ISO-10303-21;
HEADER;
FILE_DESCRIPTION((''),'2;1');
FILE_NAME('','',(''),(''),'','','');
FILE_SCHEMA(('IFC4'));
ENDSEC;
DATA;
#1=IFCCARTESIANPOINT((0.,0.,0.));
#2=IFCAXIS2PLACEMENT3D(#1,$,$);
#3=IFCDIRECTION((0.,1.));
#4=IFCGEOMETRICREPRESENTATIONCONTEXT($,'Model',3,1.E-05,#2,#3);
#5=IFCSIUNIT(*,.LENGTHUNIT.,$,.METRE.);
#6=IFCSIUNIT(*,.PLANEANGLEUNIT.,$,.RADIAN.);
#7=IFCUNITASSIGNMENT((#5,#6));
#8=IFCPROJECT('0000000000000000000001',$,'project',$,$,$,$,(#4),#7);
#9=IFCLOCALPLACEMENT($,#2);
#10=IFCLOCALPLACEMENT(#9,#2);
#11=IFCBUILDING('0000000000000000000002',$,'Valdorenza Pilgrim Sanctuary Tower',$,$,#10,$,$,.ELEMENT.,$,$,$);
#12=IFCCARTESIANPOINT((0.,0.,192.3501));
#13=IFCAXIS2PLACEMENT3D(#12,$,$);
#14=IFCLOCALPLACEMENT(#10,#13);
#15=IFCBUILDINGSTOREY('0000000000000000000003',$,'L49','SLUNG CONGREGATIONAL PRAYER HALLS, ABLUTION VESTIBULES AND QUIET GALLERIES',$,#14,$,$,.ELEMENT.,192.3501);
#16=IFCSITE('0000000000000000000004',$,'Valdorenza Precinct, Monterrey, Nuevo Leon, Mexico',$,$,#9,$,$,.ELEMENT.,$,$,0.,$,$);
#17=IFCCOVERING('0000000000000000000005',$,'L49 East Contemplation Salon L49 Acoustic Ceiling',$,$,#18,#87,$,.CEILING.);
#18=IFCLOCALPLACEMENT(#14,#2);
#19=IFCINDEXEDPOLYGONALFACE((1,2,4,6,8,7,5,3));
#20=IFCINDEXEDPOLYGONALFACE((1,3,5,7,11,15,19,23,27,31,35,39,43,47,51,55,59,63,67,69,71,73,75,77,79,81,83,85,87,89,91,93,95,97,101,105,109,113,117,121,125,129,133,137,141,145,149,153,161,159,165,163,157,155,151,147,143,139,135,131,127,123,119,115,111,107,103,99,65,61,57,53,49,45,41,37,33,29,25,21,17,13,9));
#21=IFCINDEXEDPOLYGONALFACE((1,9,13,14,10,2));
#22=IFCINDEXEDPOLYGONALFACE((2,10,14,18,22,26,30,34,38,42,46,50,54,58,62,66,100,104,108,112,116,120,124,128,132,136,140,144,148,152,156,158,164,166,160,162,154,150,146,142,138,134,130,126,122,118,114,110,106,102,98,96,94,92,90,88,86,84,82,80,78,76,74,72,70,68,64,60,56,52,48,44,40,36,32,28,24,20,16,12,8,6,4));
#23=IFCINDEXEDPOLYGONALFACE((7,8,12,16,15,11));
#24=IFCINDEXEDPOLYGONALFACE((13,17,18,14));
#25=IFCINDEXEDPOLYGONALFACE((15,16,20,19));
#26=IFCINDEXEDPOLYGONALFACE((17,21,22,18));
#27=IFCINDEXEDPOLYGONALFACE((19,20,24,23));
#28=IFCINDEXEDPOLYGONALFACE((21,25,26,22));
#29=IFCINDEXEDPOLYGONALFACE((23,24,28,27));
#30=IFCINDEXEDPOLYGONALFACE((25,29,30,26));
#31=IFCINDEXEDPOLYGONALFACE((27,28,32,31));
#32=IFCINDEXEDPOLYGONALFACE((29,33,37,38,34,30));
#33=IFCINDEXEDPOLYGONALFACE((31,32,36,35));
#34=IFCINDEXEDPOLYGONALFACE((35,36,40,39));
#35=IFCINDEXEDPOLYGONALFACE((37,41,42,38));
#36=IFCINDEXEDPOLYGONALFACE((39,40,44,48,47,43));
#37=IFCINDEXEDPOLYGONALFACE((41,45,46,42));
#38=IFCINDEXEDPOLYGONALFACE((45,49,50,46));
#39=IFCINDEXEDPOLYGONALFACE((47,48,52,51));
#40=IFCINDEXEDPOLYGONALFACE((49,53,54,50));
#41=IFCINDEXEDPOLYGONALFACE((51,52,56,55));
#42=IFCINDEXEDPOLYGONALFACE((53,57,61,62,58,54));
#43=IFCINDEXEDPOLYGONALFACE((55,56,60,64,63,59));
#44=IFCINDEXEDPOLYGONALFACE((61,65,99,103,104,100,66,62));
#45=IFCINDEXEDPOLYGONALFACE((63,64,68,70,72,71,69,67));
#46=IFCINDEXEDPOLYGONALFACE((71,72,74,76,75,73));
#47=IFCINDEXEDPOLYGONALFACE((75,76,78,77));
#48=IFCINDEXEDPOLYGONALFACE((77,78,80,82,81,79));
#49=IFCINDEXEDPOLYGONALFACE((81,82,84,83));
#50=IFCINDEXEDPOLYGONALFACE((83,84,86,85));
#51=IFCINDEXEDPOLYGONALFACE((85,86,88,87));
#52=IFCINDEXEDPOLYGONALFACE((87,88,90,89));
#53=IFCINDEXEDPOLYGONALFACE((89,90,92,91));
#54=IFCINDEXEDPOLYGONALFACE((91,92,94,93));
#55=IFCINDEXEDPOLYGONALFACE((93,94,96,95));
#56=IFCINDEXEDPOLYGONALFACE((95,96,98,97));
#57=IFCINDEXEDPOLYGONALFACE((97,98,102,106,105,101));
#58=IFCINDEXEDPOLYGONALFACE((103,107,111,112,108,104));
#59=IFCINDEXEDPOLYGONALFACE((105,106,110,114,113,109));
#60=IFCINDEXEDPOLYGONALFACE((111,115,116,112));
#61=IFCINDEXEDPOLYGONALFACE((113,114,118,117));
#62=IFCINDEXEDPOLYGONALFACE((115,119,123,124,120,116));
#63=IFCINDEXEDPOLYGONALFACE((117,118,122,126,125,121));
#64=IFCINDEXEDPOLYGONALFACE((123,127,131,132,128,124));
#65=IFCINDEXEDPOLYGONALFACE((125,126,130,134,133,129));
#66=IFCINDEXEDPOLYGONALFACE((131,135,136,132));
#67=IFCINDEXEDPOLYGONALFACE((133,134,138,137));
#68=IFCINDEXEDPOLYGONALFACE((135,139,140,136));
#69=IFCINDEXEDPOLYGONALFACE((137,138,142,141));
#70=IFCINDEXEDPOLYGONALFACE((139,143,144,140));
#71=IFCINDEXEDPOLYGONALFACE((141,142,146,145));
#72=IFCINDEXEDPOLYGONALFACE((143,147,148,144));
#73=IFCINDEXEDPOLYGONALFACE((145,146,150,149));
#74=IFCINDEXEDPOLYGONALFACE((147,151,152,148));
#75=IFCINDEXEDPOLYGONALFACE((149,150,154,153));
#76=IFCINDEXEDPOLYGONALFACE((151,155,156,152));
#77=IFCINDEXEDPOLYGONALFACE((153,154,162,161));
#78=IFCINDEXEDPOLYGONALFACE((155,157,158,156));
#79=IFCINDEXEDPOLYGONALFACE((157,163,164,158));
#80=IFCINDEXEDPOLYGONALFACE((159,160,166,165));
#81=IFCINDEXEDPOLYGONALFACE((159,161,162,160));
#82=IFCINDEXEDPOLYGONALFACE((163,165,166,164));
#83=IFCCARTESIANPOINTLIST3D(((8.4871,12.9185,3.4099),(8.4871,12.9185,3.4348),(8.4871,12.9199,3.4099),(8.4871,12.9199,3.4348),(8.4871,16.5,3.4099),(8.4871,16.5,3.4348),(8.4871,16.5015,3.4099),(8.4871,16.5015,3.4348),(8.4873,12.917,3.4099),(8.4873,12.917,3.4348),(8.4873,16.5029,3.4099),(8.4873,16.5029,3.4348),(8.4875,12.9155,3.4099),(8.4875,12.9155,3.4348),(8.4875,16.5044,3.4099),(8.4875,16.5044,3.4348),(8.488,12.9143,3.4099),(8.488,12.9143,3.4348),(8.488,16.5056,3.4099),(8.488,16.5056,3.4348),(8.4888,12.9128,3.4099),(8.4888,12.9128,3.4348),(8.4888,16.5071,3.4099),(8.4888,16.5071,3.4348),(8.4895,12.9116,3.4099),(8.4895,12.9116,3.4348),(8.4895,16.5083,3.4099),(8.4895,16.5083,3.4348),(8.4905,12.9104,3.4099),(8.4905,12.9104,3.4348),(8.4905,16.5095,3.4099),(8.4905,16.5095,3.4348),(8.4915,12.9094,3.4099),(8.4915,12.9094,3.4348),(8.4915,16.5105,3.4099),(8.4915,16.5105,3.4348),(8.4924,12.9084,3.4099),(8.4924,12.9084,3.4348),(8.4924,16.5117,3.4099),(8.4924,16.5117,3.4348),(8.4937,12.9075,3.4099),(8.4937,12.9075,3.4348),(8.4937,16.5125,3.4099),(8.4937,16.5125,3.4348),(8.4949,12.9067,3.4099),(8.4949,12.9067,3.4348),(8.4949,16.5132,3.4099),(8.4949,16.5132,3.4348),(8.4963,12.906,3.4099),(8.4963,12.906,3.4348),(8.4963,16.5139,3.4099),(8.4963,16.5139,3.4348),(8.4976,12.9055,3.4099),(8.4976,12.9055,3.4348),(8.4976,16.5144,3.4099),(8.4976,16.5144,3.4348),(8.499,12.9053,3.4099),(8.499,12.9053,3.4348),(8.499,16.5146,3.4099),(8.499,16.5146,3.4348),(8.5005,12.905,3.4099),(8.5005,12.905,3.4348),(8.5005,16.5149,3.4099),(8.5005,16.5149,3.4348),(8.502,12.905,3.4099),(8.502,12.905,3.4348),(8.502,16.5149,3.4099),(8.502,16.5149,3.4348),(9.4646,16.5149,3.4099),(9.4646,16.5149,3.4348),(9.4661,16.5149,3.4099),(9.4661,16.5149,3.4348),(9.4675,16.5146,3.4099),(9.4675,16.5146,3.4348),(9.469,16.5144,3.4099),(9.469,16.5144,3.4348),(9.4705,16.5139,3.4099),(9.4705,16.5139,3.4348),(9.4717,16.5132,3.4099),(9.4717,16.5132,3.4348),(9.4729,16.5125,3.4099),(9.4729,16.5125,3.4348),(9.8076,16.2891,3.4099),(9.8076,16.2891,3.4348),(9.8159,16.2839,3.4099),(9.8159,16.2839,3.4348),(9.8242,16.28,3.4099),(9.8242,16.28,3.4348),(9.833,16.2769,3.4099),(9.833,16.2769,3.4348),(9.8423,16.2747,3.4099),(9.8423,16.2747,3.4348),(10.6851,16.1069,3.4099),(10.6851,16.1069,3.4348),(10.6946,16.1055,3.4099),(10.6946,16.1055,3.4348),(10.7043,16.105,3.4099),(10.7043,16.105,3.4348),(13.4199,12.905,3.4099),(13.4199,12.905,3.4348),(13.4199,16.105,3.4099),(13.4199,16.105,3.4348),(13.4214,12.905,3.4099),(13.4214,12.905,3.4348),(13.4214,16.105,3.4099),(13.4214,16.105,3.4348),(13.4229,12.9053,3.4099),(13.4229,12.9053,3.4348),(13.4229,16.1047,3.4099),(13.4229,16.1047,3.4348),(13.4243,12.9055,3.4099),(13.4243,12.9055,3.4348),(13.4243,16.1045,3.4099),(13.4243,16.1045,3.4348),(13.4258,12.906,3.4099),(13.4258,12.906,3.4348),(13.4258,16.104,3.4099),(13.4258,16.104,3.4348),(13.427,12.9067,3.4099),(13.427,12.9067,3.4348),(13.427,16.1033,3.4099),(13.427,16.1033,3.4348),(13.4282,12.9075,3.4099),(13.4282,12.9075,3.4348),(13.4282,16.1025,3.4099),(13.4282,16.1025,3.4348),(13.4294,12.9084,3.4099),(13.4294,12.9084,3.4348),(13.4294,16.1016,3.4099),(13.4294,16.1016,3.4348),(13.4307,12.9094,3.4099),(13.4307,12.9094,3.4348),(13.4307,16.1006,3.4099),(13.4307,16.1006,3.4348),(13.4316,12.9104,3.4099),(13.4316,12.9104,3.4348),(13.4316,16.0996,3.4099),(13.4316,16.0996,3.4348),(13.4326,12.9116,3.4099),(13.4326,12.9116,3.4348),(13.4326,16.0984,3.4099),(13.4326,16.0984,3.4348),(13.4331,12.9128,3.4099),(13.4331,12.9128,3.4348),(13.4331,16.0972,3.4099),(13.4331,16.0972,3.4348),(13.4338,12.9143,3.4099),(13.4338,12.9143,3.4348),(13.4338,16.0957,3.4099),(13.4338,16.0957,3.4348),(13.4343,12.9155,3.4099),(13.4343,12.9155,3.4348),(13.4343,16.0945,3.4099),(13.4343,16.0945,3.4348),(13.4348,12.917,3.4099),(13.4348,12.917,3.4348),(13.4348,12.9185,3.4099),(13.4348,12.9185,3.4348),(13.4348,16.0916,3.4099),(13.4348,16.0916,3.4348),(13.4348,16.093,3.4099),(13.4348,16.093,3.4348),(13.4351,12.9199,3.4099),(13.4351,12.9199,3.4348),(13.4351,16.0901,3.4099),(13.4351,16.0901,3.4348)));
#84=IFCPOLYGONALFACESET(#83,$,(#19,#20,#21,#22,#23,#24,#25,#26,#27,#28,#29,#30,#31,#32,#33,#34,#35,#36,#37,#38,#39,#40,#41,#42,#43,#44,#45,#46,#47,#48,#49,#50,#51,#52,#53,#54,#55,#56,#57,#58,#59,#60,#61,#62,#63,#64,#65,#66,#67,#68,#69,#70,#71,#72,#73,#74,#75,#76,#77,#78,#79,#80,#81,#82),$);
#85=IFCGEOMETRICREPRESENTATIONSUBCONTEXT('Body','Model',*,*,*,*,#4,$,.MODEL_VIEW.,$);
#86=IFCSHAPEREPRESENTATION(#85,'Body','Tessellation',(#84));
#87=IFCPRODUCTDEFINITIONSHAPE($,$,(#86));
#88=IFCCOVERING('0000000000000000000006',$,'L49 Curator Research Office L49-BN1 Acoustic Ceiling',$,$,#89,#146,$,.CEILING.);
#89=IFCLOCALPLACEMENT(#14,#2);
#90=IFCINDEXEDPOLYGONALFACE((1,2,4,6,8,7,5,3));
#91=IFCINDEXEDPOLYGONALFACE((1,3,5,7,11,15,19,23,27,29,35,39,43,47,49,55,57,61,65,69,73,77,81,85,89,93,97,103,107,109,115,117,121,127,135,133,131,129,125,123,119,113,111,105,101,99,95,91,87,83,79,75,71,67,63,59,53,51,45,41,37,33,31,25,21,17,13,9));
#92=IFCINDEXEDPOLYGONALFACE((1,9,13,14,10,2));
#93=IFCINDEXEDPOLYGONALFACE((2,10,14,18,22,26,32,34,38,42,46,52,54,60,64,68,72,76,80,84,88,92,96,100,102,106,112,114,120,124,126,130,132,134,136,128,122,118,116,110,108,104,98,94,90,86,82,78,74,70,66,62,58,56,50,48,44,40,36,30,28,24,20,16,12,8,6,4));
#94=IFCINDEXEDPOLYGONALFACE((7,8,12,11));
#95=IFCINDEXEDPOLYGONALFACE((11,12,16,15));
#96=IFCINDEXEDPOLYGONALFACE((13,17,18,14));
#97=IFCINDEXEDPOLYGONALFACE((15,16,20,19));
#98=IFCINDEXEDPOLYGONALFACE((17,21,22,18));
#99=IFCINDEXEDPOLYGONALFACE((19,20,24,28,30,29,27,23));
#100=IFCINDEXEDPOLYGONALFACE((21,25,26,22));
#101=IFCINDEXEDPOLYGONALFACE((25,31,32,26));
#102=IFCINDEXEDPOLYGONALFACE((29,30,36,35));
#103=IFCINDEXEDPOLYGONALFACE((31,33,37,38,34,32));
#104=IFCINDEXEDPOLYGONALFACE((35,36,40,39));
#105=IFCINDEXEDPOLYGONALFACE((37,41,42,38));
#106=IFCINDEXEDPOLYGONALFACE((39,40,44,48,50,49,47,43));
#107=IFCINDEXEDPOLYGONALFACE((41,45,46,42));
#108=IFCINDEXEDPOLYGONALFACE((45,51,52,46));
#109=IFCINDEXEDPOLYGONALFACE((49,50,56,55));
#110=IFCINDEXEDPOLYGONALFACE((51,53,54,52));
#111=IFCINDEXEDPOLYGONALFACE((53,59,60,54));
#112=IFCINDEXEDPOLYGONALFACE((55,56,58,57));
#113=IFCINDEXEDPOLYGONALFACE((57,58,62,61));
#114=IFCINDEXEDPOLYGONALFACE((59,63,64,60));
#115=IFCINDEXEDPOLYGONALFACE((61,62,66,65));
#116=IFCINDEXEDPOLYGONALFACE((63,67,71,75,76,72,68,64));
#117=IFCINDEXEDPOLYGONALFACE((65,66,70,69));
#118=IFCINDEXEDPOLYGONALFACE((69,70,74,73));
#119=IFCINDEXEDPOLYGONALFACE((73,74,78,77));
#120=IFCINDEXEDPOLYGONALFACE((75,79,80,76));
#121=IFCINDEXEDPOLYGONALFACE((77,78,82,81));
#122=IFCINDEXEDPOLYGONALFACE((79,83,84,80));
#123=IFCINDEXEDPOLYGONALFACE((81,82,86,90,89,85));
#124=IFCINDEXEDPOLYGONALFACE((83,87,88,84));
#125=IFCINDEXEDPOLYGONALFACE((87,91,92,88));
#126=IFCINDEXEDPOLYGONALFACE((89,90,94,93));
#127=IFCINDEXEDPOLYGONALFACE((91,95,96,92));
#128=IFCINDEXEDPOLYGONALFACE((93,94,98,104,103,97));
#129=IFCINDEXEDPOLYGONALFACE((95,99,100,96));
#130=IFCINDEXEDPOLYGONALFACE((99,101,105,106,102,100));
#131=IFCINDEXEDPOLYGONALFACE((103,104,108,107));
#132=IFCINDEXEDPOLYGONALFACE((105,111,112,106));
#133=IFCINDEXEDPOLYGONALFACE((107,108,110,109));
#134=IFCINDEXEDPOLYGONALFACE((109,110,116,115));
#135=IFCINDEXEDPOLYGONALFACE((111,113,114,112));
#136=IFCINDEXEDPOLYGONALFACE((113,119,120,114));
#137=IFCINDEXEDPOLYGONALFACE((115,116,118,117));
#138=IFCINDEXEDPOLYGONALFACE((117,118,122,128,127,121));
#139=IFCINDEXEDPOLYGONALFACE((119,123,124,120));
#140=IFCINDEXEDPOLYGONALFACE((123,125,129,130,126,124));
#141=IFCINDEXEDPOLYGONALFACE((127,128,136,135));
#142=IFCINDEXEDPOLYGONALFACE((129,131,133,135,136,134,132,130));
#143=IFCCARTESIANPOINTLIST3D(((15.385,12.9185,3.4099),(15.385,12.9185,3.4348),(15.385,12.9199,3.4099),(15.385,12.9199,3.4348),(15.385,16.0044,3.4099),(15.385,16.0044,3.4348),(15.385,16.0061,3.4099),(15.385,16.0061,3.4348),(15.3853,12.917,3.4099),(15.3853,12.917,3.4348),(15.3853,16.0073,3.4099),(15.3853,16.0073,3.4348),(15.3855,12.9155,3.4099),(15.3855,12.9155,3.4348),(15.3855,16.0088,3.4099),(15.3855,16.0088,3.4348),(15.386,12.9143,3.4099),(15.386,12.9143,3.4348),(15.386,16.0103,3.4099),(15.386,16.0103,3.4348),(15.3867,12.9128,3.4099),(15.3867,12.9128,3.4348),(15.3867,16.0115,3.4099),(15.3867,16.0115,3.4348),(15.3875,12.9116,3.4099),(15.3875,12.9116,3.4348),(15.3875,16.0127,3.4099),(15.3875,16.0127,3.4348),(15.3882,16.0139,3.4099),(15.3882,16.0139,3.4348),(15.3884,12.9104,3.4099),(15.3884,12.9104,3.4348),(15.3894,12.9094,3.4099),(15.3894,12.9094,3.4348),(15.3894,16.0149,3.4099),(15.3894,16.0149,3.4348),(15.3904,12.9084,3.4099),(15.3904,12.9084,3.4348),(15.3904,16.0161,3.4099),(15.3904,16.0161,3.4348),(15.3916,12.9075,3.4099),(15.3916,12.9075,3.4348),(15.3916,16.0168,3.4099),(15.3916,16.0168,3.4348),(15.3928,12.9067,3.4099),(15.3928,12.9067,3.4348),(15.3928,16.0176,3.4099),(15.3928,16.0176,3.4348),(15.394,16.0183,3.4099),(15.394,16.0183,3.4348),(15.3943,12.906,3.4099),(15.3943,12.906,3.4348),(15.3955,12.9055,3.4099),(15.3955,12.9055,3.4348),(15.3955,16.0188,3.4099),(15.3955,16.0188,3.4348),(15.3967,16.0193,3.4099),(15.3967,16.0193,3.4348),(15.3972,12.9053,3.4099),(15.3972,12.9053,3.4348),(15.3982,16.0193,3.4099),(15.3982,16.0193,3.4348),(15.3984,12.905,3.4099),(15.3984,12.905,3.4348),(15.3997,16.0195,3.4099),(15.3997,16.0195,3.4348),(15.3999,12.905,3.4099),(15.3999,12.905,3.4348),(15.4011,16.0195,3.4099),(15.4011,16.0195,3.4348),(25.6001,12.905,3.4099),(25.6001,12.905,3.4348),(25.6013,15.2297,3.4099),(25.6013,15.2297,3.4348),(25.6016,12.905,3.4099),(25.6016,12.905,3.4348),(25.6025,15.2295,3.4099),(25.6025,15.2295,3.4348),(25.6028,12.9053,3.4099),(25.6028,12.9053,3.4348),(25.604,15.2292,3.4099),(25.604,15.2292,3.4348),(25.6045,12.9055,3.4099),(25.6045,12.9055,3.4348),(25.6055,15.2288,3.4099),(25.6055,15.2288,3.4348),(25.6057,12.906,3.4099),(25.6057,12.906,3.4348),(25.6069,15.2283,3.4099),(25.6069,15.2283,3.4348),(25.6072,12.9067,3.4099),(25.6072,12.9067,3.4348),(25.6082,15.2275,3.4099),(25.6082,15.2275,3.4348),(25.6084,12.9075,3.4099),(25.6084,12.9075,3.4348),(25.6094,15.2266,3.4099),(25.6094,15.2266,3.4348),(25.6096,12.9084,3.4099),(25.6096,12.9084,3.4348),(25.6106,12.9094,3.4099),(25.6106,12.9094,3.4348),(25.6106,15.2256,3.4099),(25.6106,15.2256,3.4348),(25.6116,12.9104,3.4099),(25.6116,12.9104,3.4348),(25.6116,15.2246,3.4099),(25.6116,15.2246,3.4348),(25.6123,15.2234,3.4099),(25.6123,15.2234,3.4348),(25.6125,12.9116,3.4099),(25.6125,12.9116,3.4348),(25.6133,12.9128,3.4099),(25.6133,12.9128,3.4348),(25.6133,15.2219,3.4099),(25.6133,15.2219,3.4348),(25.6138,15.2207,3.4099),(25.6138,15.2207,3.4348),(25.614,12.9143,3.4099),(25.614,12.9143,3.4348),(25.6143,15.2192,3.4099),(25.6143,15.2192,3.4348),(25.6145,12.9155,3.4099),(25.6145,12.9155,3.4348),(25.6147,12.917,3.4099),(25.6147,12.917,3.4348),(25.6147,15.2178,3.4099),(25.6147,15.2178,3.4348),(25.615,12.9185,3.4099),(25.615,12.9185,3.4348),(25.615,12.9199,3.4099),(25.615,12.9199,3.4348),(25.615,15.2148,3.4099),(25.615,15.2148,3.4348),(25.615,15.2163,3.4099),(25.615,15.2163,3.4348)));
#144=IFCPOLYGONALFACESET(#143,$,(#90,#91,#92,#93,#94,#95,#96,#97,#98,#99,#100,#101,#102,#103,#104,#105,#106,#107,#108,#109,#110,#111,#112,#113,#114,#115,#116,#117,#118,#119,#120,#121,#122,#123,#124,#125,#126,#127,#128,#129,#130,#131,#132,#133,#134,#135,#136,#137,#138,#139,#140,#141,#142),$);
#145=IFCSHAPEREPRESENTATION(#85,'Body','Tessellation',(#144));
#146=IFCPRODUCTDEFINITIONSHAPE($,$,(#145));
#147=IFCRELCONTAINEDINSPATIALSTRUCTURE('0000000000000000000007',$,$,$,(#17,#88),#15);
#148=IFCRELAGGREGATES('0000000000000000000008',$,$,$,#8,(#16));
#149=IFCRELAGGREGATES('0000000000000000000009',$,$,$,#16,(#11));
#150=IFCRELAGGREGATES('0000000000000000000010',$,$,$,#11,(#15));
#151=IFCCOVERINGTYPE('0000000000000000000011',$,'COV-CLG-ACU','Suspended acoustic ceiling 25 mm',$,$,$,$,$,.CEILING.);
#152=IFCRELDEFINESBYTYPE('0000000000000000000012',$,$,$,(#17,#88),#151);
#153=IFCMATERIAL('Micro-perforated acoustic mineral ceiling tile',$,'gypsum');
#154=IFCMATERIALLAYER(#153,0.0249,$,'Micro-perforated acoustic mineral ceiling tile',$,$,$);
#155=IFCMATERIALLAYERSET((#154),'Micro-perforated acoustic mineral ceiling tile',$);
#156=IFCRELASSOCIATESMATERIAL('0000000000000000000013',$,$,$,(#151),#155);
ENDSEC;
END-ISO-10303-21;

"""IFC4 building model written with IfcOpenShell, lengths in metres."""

from ifc_helpers import new_model, si_unit, direction, frame, origin, place, context, subcontext, project, spatial, polyline, outline, extrude, material, layer, layer_set, type_object, element, save


model = new_model("IFC4")

# Units and contexts
model_context = context("Model", 3, precision=1e-05, world=origin(), true_north=direction((0.0, 1.0)))
body_context = subcontext(model_context, "Body", "Model", "MODEL_VIEW")
ifc_project = project(units=[si_unit("LENGTHUNIT", "METRE"), si_unit("PLANEANGLEUNIT", "RADIAN")], contexts=[model_context])

# Site, building, storey
site_placement = place(None, origin())
site = spatial("IfcSite", under=ifc_project, at=site_placement, Name="Valdorenza Precinct, Monterrey, Nuevo Leon, Mexico", CompositionType="ELEMENT", RefElevation=0.0)
building_placement = place(site_placement, origin())
building = spatial("IfcBuilding", under=site, at=building_placement, Name="Valdorenza Pilgrim Sanctuary Tower", CompositionType="ELEMENT")
storey_placement = place(building_placement, frame((0.0, 0.0, 192.3501)))
storey = spatial("IfcBuildingStorey", under=building, at=storey_placement, Name="L49", Description="SLUNG CONGREGATIONAL PRAYER HALLS, ABLUTION VESTIBULES AND QUIET GALLERIES", CompositionType="ELEMENT", Elevation=192.3501)

# Coverings
ifc_material_1 = material(Name="Micro-perforated acoustic mineral ceiling tile", Category="gypsum")
ifc_layer_1 = layer(ifc_material_1, 0.0249, Name="Micro-perforated acoustic mineral ceiling tile")
ifc_layer_set_1 = layer_set([ifc_layer_1], Name="Micro-perforated acoustic mineral ceiling tile")
covering_type_1 = type_object("IfcCoveringType", Name="COV-CLG-ACU", Description="Suspended acoustic ceiling 25 mm", PredefinedType="CEILING", material=ifc_layer_set_1)
covering_1_placement = place(storey_placement, frame((0.0, 0.0, 3.4099)))
element("IfcCovering", 1, at=covering_1_placement, inside=storey, type_object=covering_type_1, Name="L49 East Contemplation Salon L49 Acoustic Ceiling", PredefinedType="CEILING", context=body_context, shape_type="SweptSolid", body=[
    extrude(outline(polyline([(8.502, 12.905), (8.5005, 12.905), (8.499, 12.9053), (8.4976, 12.9055), (8.4963, 12.906), (8.4949, 12.9067), (8.4937, 12.9075), (8.4924, 12.9084), (8.4915, 12.9094), (8.4905, 12.9104), (8.4895, 12.9116), (8.4888, 12.9128), (8.488, 12.9143), (8.4875, 12.9155), (8.4873, 12.917), (8.4871, 12.9185), (8.4871, 12.9199), (8.4871, 16.5), (8.4871, 16.5015), (8.4873, 16.5029), (8.4875, 16.5044), (8.488, 16.5056), (8.4888, 16.5071), (8.4895, 16.5083), (8.4905, 16.5095), (8.4915, 16.5105), (8.4924, 16.5117), (8.4937, 16.5125), (8.4949, 16.5132), (8.4963, 16.5139), (8.4976, 16.5144), (8.499, 16.5146), (8.5005, 16.5149), (8.502, 16.5149), (9.4646, 16.5149), (9.4661, 16.5149), (9.4675, 16.5146), (9.469, 16.5144), (9.4705, 16.5139), (9.4717, 16.5132), (9.4729, 16.5125), (9.8076, 16.2891), (9.8159, 16.2839), (9.8242, 16.28), (9.833, 16.2769), (9.8423, 16.2747), (10.6851, 16.1069), (10.6946, 16.1055), (10.7043, 16.105), (13.4199, 16.105), (13.4214, 16.105), (13.4229, 16.1047), (13.4243, 16.1045), (13.4258, 16.104), (13.427, 16.1033), (13.4282, 16.1025), (13.4294, 16.1016), (13.4307, 16.1006), (13.4316, 16.0996), (13.4326, 16.0984), (13.4331, 16.0972), (13.4338, 16.0957), (13.4343, 16.0945), (13.4348, 16.093), (13.4348, 16.0916), (13.4351, 16.0901), (13.4351, 12.9199), (13.4348, 12.9185), (13.4348, 12.917), (13.4343, 12.9155), (13.4338, 12.9143), (13.4331, 12.9128), (13.4326, 12.9116), (13.4316, 12.9104), (13.4307, 12.9094), (13.4294, 12.9084), (13.4282, 12.9075), (13.427, 12.9067), (13.4258, 12.906), (13.4243, 12.9055), (13.4229, 12.9053), (13.4214, 12.905), (13.4199, 12.905), (8.502, 12.905)])), origin(), (0.0, 0.0, 1.0), 0.0249),
])
covering_2_placement = place(storey_placement, frame((0.0, 0.0, 3.4099)))
element("IfcCovering", 2, at=covering_2_placement, inside=storey, type_object=covering_type_1, Name="L49 Curator Research Office L49-BN1 Acoustic Ceiling", PredefinedType="CEILING", context=body_context, shape_type="SweptSolid", body=[
    extrude(outline(polyline([(15.3999, 12.905), (15.3984, 12.905), (15.3972, 12.9053), (15.3955, 12.9055), (15.3943, 12.906), (15.3928, 12.9067), (15.3916, 12.9075), (15.3904, 12.9084), (15.3894, 12.9094), (15.3884, 12.9104), (15.3875, 12.9116), (15.3867, 12.9128), (15.386, 12.9143), (15.3855, 12.9155), (15.3853, 12.917), (15.385, 12.9185), (15.385, 12.9199), (15.385, 16.0044), (15.385, 16.0061), (15.3853, 16.0073), (15.3855, 16.0088), (15.386, 16.0103), (15.3867, 16.0115), (15.3875, 16.0127), (15.3882, 16.0139), (15.3894, 16.0149), (15.3904, 16.0161), (15.3916, 16.0168), (15.3928, 16.0176), (15.394, 16.0183), (15.3955, 16.0188), (15.3967, 16.0193), (15.3982, 16.0193), (15.3997, 16.0195), (15.4011, 16.0195), (25.6013, 15.2297), (25.6025, 15.2295), (25.604, 15.2292), (25.6055, 15.2288), (25.6069, 15.2283), (25.6082, 15.2275), (25.6094, 15.2266), (25.6106, 15.2256), (25.6116, 15.2246), (25.6123, 15.2234), (25.6133, 15.2219), (25.6138, 15.2207), (25.6143, 15.2192), (25.6147, 15.2178), (25.615, 15.2163), (25.615, 15.2148), (25.615, 12.9199), (25.615, 12.9185), (25.6147, 12.917), (25.6145, 12.9155), (25.614, 12.9143), (25.6133, 12.9128), (25.6125, 12.9116), (25.6116, 12.9104), (25.6106, 12.9094), (25.6096, 12.9084), (25.6084, 12.9075), (25.6072, 12.9067), (25.6057, 12.906), (25.6045, 12.9055), (25.6028, 12.9053), (25.6016, 12.905), (25.6001, 12.905), (15.3999, 12.905)])), origin(), (0.0, 0.0, 1.0), 0.0249),
])

save(model, "model.ifc")
